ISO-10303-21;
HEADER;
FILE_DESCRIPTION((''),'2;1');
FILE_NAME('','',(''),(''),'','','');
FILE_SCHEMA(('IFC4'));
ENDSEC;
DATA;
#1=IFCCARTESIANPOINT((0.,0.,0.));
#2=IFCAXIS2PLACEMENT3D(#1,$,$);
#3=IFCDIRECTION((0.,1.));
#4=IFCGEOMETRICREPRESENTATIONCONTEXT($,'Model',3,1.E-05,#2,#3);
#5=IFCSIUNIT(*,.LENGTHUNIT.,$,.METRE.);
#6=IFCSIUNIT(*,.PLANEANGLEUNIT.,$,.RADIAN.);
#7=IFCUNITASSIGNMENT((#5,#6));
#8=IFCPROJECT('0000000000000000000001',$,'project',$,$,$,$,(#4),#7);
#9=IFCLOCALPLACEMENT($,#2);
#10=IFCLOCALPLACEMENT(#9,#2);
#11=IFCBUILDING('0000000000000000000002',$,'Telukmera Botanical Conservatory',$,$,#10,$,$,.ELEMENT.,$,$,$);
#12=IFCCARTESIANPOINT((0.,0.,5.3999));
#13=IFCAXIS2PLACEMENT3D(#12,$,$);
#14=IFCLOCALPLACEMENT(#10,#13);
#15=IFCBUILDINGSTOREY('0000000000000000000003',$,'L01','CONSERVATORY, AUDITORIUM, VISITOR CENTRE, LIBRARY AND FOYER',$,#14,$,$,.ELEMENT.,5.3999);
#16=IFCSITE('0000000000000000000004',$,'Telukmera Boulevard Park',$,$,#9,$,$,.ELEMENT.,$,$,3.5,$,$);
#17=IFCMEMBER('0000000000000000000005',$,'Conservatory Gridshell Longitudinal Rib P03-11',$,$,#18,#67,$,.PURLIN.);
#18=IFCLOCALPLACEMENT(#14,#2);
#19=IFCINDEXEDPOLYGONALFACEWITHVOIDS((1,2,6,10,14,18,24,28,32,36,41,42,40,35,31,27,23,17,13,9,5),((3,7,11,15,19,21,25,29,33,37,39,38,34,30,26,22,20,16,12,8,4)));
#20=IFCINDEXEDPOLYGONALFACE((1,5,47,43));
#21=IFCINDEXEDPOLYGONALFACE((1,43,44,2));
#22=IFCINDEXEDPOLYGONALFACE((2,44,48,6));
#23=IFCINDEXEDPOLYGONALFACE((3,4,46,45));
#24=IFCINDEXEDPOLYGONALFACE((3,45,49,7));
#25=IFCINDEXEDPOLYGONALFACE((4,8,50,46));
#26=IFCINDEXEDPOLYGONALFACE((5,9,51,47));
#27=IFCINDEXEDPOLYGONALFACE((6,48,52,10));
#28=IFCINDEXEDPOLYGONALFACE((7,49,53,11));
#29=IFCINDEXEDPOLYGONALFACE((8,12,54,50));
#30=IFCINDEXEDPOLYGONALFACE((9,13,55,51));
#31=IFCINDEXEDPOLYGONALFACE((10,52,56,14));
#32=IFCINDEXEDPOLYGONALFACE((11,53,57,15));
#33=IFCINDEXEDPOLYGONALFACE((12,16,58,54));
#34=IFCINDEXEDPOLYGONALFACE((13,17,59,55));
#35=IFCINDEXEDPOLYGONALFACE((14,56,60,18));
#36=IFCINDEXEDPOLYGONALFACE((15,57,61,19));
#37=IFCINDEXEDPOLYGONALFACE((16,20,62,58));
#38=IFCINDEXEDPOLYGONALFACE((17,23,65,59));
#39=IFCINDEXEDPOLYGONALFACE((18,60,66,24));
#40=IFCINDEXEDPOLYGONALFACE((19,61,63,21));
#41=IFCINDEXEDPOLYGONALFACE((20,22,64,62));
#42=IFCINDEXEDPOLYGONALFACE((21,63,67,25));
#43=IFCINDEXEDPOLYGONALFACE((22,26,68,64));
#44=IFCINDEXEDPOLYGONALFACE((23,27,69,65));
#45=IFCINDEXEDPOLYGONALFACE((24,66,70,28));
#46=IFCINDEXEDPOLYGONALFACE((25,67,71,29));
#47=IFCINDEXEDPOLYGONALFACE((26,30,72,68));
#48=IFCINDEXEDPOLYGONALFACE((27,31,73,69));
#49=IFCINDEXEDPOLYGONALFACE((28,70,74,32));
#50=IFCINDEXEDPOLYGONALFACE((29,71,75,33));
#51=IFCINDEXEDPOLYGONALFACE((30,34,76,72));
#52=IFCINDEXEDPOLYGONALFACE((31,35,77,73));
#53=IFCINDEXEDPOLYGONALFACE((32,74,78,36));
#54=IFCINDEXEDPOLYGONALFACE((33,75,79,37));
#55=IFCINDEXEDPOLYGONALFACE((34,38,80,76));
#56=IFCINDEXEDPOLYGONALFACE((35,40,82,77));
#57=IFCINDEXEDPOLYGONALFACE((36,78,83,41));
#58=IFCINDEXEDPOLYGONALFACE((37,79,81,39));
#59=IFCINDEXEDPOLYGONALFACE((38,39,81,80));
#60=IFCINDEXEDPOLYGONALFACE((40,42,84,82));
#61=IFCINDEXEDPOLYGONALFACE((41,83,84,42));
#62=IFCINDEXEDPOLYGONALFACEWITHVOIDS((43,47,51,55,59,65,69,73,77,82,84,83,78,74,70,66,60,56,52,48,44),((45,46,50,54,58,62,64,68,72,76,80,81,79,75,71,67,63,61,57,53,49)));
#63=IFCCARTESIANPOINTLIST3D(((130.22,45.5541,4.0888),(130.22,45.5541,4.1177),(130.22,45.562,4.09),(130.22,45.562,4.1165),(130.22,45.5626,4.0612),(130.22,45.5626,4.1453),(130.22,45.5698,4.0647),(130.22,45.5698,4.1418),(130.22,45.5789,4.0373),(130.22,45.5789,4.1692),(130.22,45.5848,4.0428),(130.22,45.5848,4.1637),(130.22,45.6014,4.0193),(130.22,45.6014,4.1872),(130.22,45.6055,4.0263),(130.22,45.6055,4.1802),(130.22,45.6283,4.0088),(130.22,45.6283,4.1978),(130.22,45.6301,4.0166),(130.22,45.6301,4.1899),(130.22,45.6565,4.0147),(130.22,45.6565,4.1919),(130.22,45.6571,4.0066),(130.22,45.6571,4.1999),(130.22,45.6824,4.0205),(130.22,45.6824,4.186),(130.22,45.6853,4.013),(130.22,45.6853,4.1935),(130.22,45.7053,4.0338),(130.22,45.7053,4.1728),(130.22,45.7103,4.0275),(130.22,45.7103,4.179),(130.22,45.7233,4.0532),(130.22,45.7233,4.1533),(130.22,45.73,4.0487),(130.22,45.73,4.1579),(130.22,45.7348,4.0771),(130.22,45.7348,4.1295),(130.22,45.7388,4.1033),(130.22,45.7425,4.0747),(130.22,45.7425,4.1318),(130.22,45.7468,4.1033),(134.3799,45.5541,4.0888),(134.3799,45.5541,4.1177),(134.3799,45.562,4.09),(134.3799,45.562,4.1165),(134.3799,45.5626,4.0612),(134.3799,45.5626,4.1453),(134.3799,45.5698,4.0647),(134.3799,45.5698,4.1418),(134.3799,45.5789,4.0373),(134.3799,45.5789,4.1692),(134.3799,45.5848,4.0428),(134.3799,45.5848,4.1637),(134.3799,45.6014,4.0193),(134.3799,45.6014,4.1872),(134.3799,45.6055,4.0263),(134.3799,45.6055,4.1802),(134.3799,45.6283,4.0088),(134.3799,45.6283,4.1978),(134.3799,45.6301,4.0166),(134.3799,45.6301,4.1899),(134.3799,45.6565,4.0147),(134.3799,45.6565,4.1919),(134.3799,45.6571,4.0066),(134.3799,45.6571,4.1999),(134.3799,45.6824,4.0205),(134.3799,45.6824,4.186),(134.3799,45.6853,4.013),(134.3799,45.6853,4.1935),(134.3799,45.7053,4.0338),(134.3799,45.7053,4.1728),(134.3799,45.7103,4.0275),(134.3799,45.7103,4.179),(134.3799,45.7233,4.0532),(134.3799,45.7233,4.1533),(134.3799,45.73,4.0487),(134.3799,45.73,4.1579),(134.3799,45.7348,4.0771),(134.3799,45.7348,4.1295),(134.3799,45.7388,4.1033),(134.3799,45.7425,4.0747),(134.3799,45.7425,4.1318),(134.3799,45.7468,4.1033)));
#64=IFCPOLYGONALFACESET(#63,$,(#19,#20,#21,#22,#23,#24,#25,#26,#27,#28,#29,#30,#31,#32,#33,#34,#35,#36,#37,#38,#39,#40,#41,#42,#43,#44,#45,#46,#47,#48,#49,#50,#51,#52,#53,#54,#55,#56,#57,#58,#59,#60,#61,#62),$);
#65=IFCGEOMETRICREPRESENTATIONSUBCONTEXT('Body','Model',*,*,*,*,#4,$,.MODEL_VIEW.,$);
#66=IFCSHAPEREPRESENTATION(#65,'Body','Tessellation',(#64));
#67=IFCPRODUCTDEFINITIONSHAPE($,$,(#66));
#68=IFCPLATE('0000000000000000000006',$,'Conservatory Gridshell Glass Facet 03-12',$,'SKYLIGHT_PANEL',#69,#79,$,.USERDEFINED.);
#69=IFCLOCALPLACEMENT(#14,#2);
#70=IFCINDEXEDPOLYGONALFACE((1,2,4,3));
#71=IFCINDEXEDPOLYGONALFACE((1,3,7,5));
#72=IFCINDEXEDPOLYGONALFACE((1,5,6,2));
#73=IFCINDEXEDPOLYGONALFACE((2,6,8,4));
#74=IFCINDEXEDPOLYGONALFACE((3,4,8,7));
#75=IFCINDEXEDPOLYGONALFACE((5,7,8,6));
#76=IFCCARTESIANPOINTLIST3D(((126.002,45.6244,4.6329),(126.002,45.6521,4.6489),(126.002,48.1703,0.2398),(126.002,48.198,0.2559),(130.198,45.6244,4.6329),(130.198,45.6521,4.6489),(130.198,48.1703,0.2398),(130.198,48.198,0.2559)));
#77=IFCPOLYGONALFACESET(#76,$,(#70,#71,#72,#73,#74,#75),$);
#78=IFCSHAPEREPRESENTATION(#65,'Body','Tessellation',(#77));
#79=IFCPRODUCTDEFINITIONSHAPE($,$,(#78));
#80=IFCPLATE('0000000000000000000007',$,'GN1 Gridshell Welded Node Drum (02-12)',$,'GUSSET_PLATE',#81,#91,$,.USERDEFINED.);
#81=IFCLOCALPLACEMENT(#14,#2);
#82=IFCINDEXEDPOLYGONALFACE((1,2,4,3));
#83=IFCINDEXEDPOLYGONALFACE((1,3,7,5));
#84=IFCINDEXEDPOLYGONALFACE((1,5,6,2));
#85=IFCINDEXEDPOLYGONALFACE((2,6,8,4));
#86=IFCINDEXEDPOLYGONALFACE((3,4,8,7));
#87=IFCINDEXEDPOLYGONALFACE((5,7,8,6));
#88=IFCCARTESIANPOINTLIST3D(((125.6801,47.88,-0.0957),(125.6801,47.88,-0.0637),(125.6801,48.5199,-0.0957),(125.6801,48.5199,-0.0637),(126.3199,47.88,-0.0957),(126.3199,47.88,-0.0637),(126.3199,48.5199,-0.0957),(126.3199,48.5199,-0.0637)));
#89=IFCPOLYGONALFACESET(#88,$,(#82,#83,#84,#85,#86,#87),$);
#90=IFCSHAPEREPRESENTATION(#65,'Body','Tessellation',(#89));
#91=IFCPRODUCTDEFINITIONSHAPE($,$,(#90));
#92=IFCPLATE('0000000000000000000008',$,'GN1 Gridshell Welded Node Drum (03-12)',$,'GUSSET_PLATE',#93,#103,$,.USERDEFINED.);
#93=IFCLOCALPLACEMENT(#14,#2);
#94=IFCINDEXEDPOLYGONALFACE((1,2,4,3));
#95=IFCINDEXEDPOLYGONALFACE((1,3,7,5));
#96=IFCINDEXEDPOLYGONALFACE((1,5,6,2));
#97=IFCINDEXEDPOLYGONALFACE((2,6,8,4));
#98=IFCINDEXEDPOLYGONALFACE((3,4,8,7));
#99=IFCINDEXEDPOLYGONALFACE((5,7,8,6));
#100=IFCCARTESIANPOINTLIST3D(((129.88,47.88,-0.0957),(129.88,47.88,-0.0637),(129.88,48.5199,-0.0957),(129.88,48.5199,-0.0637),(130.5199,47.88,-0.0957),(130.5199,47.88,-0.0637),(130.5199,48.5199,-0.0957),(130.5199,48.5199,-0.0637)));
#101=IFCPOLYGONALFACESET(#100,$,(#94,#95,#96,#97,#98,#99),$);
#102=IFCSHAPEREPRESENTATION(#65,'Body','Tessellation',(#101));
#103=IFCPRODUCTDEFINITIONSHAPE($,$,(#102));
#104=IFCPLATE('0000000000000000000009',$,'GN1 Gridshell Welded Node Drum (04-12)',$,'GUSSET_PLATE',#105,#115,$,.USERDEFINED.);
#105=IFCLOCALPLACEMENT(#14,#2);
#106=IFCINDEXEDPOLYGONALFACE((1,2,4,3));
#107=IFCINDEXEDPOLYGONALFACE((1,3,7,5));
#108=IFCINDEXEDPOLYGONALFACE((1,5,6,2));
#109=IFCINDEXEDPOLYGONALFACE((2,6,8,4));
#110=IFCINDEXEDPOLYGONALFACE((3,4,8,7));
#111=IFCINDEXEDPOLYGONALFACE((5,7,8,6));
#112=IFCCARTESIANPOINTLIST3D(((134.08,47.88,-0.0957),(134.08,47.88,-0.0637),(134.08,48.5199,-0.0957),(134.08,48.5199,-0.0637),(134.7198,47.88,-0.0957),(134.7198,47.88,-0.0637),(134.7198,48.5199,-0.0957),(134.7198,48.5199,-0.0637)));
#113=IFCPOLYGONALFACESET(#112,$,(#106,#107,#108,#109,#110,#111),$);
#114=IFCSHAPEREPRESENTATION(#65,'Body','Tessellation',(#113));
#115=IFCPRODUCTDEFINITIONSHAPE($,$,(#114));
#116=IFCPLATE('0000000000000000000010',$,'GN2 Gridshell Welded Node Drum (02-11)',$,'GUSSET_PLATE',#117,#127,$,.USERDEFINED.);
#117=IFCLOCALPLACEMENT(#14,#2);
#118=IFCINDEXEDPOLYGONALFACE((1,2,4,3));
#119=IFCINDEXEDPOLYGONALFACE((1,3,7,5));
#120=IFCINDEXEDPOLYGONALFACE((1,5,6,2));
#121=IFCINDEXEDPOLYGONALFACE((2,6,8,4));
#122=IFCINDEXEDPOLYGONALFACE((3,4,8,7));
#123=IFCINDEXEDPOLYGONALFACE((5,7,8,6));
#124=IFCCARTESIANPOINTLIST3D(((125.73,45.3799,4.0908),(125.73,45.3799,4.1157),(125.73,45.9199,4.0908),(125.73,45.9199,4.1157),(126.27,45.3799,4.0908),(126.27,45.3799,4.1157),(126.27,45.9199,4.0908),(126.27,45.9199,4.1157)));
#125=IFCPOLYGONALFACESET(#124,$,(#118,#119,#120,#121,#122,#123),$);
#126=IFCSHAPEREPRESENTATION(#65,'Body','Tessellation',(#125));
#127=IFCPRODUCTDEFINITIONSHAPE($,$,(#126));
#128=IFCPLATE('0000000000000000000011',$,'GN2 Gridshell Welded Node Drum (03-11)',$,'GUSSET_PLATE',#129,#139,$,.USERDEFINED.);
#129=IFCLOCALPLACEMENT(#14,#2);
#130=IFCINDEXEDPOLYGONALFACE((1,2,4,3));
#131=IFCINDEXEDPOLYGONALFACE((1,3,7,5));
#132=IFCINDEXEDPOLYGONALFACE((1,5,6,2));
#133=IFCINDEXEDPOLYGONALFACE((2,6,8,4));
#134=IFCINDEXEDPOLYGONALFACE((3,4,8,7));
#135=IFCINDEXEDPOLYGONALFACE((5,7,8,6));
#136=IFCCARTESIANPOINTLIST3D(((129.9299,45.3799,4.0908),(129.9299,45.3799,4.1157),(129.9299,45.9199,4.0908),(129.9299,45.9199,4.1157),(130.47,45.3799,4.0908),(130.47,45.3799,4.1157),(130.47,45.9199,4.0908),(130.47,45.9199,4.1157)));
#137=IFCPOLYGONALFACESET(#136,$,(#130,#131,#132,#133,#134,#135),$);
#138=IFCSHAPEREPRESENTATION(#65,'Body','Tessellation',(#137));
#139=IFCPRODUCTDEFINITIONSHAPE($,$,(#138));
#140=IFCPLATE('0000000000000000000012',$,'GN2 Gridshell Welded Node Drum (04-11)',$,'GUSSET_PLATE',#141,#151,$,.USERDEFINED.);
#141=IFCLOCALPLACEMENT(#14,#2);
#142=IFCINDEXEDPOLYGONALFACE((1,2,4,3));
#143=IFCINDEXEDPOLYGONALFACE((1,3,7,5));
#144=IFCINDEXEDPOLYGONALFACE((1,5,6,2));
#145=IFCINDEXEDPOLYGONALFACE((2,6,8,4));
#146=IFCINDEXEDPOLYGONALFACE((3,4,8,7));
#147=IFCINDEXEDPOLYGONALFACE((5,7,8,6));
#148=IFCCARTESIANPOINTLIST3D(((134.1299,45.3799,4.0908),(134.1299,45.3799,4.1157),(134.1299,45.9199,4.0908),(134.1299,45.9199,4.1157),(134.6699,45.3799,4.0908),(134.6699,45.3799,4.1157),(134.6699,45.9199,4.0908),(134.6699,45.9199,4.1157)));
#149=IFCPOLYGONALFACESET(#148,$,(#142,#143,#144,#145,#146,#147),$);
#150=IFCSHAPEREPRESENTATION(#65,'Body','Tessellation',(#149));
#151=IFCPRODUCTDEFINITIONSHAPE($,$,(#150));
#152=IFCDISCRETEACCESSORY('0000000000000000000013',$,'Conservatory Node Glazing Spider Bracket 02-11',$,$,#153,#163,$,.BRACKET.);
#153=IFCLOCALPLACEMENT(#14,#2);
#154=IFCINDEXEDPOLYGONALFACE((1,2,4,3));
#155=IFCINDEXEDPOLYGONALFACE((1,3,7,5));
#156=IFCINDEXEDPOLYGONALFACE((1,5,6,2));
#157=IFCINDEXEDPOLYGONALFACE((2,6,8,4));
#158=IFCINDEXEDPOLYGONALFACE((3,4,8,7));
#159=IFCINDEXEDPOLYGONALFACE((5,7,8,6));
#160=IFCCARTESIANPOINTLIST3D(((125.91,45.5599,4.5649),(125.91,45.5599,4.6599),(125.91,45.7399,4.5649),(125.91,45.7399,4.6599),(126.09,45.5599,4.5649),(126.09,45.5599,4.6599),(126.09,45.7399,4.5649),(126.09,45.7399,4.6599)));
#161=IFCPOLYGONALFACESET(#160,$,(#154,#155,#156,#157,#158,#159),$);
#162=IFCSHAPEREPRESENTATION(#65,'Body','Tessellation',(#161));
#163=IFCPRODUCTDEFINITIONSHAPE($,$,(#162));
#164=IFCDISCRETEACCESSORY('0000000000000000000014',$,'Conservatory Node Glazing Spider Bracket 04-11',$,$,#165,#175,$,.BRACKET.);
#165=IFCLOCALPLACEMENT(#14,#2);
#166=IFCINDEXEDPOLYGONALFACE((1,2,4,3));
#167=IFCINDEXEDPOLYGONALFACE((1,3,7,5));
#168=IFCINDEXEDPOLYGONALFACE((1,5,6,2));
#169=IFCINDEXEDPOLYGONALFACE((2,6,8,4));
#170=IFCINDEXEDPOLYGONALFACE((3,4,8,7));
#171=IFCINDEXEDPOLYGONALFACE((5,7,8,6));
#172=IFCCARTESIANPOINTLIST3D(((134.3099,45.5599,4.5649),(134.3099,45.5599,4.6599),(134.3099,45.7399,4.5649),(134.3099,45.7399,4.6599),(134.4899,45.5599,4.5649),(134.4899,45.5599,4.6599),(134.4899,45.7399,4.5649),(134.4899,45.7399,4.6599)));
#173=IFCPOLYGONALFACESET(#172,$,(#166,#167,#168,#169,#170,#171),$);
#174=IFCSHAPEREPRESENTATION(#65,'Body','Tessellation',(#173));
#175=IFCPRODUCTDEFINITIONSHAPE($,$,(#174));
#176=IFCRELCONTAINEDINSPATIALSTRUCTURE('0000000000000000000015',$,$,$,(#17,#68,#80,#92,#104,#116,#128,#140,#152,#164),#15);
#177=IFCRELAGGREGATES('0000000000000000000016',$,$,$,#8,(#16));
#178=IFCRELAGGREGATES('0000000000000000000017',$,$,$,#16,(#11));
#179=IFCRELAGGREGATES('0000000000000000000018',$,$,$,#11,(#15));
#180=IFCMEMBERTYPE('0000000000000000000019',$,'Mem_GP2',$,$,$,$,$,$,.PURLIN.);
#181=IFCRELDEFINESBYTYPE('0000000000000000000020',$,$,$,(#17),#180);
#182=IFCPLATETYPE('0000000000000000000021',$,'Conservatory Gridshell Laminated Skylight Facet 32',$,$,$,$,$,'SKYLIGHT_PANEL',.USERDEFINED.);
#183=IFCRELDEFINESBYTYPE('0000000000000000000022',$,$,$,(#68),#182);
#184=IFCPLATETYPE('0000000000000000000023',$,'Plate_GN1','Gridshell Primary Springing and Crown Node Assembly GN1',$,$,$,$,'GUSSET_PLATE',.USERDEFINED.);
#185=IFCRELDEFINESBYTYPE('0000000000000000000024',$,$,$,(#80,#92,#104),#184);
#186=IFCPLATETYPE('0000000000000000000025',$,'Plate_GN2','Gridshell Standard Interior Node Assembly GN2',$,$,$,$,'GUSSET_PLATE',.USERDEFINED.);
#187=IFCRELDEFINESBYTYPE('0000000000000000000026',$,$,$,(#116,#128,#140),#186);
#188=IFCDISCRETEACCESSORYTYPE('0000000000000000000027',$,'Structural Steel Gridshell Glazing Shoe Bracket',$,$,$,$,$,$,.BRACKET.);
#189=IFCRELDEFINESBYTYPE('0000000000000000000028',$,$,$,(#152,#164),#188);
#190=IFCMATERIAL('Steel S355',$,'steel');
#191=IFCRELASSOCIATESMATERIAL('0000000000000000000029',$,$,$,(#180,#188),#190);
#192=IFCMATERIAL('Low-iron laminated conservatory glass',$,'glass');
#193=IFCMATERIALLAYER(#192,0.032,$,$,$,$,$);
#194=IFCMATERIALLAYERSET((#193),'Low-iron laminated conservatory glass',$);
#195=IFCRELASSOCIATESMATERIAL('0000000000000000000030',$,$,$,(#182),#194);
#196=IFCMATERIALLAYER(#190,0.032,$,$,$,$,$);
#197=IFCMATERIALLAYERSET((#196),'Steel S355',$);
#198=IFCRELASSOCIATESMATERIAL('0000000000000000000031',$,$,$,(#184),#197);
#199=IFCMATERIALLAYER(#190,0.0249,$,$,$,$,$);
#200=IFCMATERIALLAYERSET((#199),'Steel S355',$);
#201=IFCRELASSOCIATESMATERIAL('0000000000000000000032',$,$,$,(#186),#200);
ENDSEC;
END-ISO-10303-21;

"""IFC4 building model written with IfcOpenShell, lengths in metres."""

from ifc_helpers import new_model, si_unit, direction, frame, origin, origin_2d, place, context, subcontext, project, spatial, polyline, rectangle, hollow_circle, outline, extrude, material, layer, layer_set, material_profile, profile_set, type_object, element, save


model = new_model("IFC4")

# Units and contexts
model_context = context("Model", 3, precision=1e-05, world=origin(), true_north=direction((0.0, 1.0)))
body_context = subcontext(model_context, "Body", "Model", "MODEL_VIEW")
ifc_project = project(units=[si_unit("LENGTHUNIT", "METRE"), si_unit("PLANEANGLEUNIT", "RADIAN")], contexts=[model_context])

# Site, building, storey
site_placement = place(None, origin())
site = spatial("IfcSite", under=ifc_project, at=site_placement, Name="Telukmera Boulevard Park", CompositionType="ELEMENT", RefElevation=3.5)
building_placement = place(site_placement, origin())
building = spatial("IfcBuilding", under=site, at=building_placement, Name="Telukmera Botanical Conservatory", CompositionType="ELEMENT")
storey_placement = place(building_placement, frame((0.0, 0.0, 5.3999)))
storey = spatial("IfcBuildingStorey", under=building, at=storey_placement, Name="L01", Description="CONSERVATORY, AUDITORIUM, VISITOR CENTRE, LIBRARY AND FOYER", CompositionType="ELEMENT", Elevation=5.3999)

# Shared definitions
ifc_material_1 = material(Name="Steel S355", Category="steel")

# Member
ifc_material_profile_1 = material_profile(ifc_material_1, hollow_circle(Radius=0.0969, WallThickness=0.0081, at=origin_2d()), Name="CHS 193.7x8.0")
ifc_profile_set_1 = profile_set([ifc_material_profile_1], Name="Steel S355")
member_type_1 = type_object("IfcMemberType", Name="Mem_GP2", PredefinedType="PURLIN", material=ifc_profile_set_1)
for number, where, z_axis, x_axis, name in (
    (1, (130.22, 45.6499, 4.1033), (1.0, 0.0, 0.0), (0.0, 1.0, 0.0), "Conservatory Gridshell Longitudinal Rib P03-11"),
):
    element("IfcMember", number, at=place(storey_placement, frame(where, z_axis=z_axis, x_axis=x_axis)), inside=storey, type_object=member_type_1, Name=name, PredefinedType="PURLIN", context=body_context, shape_type="SweptSolid", body=[
        extrude(hollow_circle(Radius=0.0969, WallThickness=0.0081, at=origin_2d()), origin(), (0.0, 0.0, 1.0), 4.1599),
    ])

# Plates
ifc_material_2 = material(Name="Low-iron laminated conservatory glass", Category="glass")
ifc_layer_1 = layer(ifc_material_2, 0.032)
ifc_layer_set_1 = layer_set([ifc_layer_1], Name="Low-iron laminated conservatory glass")
plate_type_1 = type_object("IfcPlateType", Name="Conservatory Gridshell Laminated Skylight Facet 32", ElementType="SKYLIGHT_PANEL", PredefinedType="USERDEFINED", material=ifc_layer_set_1)
plate_placement = place(storey_placement, frame((126.002, 45.6521, 4.6489), z_axis=(0.0, 0.865209, 0.501412), x_axis=(1.0, 0.0, 0.0)))
element("IfcPlate", 2, at=plate_placement, inside=storey, type_object=plate_type_1, Name="Conservatory Gridshell Glass Facet 03-12", ObjectType="SKYLIGHT_PANEL", PredefinedType="USERDEFINED", context=body_context, shape_type="SweptSolid", body=[
    extrude(outline(polyline([(0.0, 0.0), (4.196, 0.0), (4.196, 5.0775), (0.0, 5.0775), (0.0, 0.0)])), origin(), (0.0, 0.0, -1.0), 0.032),
])
ifc_layer_2 = layer(ifc_material_1, 0.032)
ifc_layer_set_2 = layer_set([ifc_layer_2], Name="Steel S355")
plate_type_2 = type_object("IfcPlateType", Name="Plate_GN1", Description="Gridshell Primary Springing and Crown Node Assembly GN1", ElementType="GUSSET_PLATE", PredefinedType="USERDEFINED", material=ifc_layer_set_2)
for number, where, z_axis, x_axis, name in (
    (3, (126.0, 48.2, -0.0957), (0.0, 0.0, 1.0), (1.0, 0.0, 0.0), "GN1 Gridshell Welded Node Drum (02-12)"),
    (4, (130.2, 48.2, -0.0957), (0.0, 0.0, 1.0), (1.0, 0.0, 0.0), "GN1 Gridshell Welded Node Drum (03-12)"),
    (5, (134.3999, 48.2, -0.0957), (0.0, 0.0, 1.0), (1.0, 0.0, 0.0), "GN1 Gridshell Welded Node Drum (04-12)"),
):
    element("IfcPlate", number, at=place(storey_placement, frame(where, z_axis=z_axis, x_axis=x_axis)), inside=storey, type_object=plate_type_2, Name=name, ObjectType="GUSSET_PLATE", PredefinedType="USERDEFINED", context=body_context, shape_type="SweptSolid", body=[
        extrude(rectangle(XDim=0.6399, YDim=0.6399, at=origin_2d()), origin(), (0.0, 0.0, 1.0), 0.032),
    ])
ifc_layer_3 = layer(ifc_material_1, 0.0249)
ifc_layer_set_3 = layer_set([ifc_layer_3], Name="Steel S355")
plate_type_3 = type_object("IfcPlateType", Name="Plate_GN2", Description="Gridshell Standard Interior Node Assembly GN2", ElementType="GUSSET_PLATE", PredefinedType="USERDEFINED", material=ifc_layer_set_3)
for number, where, z_axis, x_axis, name in (
    (6, (126.0, 45.6499, 4.0908), (0.0, 0.0, 1.0), (1.0, 0.0, 0.0), "GN2 Gridshell Welded Node Drum (02-11)"),
    (7, (130.2, 45.6499, 4.0908), (0.0, 0.0, 1.0), (1.0, 0.0, 0.0), "GN2 Gridshell Welded Node Drum (03-11)"),
    (8, (134.3999, 45.6499, 4.0908), (0.0, 0.0, 1.0), (1.0, 0.0, 0.0), "GN2 Gridshell Welded Node Drum (04-11)"),
):
    element("IfcPlate", number, at=place(storey_placement, frame(where, z_axis=z_axis, x_axis=x_axis)), inside=storey, type_object=plate_type_3, Name=name, ObjectType="GUSSET_PLATE", PredefinedType="USERDEFINED", context=body_context, shape_type="SweptSolid", body=[
        extrude(rectangle(XDim=0.54, YDim=0.54, at=origin_2d()), origin(), (0.0, 0.0, 1.0), 0.0249),
    ])

# Discrete accessories
discrete_accessory_type = type_object("IfcDiscreteAccessoryType", Name="Structural Steel Gridshell Glazing Shoe Bracket", PredefinedType="BRACKET", material=ifc_material_1)
for number, where, z_axis, x_axis, name in (
    (9, (126.0, 45.6499, 4.5649), (0.0, 0.0, 1.0), (1.0, 0.0, 0.0), "Conservatory Node Glazing Spider Bracket 02-11"),
    (10, (134.3999, 45.6499, 4.5649), (0.0, 0.0, 1.0), (1.0, 0.0, 0.0), "Conservatory Node Glazing Spider Bracket 04-11"),
):
    element("IfcDiscreteAccessory", number, at=place(storey_placement, frame(where, z_axis=z_axis, x_axis=x_axis)), inside=storey, type_object=discrete_accessory_type, Name=name, PredefinedType="BRACKET", context=body_context, shape_type="SweptSolid", body=[
        extrude(rectangle(XDim=0.1799, YDim=0.1799, at=origin_2d()), origin(), (0.0, 0.0, 1.0), 0.095),
    ])

save(model, "model.ifc")
